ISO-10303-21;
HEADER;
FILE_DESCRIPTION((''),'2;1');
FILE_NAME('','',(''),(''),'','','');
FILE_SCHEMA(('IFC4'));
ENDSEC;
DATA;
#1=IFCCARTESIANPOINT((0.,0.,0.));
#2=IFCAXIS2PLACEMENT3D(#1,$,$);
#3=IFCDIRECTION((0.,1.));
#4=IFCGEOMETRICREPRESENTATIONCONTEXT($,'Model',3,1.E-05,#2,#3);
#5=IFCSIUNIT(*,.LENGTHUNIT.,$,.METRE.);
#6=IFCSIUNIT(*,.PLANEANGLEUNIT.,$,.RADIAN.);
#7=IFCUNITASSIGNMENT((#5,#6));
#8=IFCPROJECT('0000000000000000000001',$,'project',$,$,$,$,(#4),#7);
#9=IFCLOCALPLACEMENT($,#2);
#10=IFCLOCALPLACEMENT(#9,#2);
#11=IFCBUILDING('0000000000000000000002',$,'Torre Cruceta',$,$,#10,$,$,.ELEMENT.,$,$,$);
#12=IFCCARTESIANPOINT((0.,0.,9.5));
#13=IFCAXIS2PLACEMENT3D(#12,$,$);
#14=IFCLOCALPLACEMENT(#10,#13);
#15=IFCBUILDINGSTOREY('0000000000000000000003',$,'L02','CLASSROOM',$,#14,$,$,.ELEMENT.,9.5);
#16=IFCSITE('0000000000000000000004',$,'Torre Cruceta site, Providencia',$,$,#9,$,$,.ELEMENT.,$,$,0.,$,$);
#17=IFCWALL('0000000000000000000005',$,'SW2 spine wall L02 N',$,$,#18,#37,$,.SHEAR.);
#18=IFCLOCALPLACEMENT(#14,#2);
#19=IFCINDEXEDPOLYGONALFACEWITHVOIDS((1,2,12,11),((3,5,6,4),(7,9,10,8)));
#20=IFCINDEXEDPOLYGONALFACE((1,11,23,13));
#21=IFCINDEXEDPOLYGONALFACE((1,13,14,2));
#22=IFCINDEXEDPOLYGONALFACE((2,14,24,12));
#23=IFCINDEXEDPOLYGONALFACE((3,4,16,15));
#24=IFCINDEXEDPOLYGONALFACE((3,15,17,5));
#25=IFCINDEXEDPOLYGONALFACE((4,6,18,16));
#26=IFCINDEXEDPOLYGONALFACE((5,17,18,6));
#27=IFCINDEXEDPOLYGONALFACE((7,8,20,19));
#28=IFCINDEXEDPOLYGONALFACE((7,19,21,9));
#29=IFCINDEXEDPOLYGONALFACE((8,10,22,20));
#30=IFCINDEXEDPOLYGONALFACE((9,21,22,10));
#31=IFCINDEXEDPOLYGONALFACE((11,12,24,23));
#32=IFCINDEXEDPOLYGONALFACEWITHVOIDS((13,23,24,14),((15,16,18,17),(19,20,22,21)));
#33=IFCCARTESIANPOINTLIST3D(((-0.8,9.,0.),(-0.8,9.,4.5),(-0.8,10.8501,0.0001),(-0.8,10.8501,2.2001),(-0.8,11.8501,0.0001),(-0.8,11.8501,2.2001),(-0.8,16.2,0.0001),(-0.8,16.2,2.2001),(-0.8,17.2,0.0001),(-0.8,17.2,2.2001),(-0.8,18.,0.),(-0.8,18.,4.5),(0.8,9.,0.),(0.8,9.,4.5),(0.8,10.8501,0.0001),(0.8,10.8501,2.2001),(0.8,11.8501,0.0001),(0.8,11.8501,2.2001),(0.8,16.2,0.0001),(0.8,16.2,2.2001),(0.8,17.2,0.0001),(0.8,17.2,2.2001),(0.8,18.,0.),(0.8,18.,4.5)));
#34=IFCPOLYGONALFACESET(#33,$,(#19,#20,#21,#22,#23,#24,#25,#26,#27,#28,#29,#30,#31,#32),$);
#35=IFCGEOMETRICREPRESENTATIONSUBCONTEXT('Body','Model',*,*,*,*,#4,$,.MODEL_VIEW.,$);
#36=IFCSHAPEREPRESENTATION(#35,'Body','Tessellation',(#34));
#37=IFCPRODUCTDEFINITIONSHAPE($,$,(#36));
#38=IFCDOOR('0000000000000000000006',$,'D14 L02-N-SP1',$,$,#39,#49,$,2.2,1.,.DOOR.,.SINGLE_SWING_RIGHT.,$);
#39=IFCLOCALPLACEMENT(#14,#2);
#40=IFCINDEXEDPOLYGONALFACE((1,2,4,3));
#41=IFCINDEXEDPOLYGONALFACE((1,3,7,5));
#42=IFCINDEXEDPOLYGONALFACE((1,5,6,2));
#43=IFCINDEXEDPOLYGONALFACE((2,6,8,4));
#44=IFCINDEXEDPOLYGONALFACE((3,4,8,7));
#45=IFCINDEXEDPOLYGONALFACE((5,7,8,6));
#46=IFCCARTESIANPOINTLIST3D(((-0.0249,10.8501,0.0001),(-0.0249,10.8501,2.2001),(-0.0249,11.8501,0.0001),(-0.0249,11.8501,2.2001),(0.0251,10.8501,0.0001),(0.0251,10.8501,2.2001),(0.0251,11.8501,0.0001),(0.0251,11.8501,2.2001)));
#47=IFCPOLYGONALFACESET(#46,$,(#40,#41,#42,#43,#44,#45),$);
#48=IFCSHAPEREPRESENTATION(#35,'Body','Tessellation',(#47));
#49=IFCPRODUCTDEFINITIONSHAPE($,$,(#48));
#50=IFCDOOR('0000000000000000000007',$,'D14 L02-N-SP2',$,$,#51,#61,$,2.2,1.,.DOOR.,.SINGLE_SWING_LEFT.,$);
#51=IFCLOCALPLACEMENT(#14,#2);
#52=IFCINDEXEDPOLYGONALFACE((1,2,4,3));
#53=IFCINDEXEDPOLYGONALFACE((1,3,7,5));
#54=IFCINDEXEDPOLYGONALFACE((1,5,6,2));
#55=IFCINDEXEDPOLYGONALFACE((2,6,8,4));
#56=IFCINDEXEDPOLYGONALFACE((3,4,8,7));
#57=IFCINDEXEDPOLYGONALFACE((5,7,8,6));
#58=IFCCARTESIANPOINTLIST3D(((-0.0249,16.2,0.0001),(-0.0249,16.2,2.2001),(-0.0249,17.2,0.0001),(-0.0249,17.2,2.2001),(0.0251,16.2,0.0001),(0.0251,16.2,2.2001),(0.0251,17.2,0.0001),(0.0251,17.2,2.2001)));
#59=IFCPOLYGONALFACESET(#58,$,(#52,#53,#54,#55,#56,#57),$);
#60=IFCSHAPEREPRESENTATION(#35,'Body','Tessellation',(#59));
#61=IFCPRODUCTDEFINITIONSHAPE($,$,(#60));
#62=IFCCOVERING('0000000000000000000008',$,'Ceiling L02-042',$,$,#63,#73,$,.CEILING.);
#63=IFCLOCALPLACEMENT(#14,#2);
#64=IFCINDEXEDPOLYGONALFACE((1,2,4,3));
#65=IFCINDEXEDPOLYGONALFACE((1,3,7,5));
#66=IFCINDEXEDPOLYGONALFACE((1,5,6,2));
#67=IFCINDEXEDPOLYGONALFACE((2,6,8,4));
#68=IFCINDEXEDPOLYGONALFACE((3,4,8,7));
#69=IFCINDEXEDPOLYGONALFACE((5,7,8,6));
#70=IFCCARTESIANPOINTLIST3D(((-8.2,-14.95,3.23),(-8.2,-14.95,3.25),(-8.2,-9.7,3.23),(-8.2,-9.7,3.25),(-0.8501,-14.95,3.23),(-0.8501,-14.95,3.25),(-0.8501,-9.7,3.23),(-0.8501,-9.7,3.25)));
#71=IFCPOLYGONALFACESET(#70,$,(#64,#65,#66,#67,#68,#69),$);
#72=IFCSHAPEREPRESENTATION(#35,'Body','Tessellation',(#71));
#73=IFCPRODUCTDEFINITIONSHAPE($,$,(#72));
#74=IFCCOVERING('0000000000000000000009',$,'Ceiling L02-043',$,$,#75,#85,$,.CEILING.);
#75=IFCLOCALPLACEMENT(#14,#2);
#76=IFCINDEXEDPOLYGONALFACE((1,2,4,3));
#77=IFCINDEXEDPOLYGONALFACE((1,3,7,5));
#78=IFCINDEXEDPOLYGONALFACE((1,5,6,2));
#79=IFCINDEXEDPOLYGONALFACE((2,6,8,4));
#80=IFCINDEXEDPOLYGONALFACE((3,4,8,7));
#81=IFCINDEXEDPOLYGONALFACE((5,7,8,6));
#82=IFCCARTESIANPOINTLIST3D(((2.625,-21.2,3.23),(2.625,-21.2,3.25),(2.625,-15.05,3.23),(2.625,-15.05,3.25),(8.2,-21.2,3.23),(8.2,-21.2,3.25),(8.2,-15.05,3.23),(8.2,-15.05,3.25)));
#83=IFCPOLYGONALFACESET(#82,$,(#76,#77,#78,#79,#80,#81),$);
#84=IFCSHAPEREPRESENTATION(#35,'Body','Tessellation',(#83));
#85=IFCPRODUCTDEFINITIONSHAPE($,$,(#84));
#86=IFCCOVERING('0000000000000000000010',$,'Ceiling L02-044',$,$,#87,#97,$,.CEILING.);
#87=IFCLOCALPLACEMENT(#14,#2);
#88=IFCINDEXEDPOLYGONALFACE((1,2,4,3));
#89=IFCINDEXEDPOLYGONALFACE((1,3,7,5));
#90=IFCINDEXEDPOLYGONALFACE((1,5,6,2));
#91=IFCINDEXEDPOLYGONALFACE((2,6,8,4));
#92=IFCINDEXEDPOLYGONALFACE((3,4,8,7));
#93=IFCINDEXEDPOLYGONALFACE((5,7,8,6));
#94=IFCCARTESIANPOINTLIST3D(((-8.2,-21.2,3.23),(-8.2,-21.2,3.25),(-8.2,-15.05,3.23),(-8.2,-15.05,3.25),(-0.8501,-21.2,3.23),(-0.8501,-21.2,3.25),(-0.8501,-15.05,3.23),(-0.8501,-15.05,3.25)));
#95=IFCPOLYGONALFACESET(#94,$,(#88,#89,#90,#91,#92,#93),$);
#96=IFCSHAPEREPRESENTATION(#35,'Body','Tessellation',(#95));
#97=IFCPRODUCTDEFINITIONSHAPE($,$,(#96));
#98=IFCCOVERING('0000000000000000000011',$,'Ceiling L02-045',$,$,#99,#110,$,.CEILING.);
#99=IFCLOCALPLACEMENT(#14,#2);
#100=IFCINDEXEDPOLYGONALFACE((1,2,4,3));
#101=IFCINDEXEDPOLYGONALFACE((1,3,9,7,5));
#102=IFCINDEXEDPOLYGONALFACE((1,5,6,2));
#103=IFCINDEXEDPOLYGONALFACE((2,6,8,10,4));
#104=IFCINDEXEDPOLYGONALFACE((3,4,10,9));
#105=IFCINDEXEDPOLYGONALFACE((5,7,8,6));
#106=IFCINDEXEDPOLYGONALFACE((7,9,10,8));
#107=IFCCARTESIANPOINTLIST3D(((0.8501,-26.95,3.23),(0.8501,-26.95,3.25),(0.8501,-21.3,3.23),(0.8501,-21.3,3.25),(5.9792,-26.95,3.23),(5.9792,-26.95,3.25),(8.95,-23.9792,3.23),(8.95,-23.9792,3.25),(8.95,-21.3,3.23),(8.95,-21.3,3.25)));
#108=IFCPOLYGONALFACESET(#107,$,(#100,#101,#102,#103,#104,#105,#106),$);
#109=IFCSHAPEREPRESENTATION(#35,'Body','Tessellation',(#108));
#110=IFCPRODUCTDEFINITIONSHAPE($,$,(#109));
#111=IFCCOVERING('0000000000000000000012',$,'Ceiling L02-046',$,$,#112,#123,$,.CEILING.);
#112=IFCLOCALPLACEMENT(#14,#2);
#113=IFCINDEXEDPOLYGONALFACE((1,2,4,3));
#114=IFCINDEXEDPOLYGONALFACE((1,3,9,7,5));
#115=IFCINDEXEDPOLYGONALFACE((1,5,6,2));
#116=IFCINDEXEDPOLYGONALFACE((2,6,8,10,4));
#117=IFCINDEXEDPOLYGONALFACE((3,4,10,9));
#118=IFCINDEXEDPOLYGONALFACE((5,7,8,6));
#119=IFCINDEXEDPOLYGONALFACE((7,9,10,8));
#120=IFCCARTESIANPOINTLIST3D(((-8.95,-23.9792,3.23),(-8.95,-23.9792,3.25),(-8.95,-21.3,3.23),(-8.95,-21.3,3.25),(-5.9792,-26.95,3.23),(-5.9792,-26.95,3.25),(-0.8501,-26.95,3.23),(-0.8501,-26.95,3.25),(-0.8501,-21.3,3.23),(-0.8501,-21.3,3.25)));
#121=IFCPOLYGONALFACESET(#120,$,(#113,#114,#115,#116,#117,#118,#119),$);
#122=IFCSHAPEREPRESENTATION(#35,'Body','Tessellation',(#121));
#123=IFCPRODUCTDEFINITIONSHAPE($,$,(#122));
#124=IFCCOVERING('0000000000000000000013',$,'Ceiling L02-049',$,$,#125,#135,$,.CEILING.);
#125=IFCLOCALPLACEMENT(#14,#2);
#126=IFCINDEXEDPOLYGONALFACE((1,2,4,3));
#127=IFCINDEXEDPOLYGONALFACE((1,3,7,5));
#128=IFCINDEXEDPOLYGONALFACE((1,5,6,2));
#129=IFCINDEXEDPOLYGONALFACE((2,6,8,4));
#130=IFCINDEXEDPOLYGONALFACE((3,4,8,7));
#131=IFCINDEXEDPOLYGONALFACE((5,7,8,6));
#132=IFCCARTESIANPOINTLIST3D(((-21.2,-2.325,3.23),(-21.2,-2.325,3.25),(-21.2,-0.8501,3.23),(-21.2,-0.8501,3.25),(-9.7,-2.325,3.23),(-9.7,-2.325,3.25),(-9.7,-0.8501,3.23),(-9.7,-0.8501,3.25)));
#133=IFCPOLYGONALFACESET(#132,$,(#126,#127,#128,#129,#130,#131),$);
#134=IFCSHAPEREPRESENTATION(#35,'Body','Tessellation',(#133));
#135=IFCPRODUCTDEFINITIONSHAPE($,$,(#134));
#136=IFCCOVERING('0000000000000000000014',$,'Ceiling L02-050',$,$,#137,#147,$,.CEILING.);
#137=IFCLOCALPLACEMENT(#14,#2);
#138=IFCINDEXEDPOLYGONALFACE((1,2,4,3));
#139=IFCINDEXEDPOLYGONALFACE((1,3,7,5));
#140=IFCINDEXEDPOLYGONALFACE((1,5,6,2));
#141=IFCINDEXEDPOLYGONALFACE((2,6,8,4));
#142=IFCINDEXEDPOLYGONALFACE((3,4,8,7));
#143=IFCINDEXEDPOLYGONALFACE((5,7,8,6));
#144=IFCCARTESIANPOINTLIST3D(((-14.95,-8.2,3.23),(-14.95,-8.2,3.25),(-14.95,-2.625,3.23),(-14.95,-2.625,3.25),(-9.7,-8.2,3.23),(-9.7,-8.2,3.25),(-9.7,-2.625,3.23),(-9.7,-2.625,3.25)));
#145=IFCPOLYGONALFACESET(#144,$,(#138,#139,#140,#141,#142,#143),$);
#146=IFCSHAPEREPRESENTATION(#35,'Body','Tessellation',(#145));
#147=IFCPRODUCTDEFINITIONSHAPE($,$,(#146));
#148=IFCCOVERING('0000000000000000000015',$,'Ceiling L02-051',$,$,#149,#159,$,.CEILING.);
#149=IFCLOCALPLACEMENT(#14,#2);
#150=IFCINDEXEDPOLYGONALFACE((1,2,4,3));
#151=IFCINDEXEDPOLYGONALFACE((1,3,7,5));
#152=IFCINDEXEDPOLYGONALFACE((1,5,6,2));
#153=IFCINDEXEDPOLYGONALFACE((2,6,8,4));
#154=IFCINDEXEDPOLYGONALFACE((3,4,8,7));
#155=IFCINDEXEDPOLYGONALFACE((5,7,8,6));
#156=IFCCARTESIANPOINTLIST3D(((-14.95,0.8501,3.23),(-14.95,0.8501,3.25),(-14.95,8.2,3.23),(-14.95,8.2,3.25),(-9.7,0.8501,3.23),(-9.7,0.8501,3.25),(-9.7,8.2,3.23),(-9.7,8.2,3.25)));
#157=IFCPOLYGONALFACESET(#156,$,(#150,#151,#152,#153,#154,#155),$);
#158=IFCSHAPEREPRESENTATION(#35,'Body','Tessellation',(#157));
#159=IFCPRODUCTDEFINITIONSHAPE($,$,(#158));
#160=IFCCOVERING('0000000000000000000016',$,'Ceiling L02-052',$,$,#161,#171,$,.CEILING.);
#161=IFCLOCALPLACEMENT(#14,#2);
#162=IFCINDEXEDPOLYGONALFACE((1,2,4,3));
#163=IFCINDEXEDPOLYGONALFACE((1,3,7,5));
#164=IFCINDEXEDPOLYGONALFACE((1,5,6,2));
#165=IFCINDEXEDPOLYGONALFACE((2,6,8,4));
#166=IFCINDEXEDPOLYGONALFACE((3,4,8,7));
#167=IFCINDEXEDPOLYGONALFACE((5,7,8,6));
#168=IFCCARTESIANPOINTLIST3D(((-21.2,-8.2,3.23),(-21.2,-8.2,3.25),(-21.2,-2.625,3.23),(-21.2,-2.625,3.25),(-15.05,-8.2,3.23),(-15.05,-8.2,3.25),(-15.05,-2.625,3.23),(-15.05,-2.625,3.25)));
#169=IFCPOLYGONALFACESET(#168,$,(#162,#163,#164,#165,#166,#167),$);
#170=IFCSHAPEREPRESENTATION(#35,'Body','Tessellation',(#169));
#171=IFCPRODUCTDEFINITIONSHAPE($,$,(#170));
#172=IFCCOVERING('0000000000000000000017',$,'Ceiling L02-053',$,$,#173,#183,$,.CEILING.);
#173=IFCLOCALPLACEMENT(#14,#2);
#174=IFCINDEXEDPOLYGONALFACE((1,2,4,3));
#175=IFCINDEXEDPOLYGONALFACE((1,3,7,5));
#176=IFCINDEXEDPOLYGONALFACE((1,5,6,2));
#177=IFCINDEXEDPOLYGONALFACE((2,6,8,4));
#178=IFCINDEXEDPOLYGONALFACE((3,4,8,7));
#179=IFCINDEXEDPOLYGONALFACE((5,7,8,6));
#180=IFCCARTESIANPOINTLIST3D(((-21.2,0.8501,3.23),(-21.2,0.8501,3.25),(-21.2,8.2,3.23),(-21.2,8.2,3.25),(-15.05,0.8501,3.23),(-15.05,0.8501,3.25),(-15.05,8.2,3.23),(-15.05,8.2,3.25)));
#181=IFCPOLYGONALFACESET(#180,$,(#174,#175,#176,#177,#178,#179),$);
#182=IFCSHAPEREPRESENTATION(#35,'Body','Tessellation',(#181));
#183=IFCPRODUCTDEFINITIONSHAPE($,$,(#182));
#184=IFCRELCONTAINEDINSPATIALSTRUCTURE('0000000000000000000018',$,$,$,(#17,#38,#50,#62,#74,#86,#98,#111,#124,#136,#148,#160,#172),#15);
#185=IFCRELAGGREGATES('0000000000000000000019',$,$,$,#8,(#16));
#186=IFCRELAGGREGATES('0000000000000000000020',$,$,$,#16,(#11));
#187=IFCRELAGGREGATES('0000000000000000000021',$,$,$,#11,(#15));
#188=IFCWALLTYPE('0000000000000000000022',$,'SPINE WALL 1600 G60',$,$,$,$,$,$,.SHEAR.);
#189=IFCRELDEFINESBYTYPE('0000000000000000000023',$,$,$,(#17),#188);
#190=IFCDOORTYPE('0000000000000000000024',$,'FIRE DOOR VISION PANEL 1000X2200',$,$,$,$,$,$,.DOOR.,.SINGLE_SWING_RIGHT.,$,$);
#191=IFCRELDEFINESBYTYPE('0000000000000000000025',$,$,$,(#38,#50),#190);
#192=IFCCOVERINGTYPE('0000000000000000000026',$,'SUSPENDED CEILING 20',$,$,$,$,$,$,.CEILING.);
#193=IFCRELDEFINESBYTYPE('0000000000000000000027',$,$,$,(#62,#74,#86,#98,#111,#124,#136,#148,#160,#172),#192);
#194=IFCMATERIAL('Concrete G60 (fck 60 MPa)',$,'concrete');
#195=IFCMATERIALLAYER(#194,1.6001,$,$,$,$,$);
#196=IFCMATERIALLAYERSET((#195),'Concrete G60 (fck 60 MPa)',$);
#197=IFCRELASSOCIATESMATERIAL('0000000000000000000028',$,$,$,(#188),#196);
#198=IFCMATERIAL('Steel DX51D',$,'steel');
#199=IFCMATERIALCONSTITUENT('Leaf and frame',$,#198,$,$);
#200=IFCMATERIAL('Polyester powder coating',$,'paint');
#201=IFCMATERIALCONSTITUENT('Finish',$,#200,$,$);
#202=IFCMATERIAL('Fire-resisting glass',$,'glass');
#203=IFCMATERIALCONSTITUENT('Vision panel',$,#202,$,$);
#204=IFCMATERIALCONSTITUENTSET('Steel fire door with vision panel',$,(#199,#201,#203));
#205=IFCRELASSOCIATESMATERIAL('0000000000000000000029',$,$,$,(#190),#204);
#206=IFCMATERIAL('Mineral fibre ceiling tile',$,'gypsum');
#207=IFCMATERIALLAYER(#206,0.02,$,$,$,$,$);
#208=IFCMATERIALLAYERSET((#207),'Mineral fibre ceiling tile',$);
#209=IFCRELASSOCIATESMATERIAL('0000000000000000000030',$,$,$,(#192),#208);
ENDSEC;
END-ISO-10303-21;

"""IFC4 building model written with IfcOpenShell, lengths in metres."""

from ifc_helpers import new_model, si_unit, direction, frame, frame_2d, origin, place, context, subcontext, project, spatial, polyline, rectangle, outline, extrude, material, layer, layer_set, constituent, constituent_set, type_object, element, fill, save


model = new_model("IFC4")

# Units and contexts
model_context = context("Model", 3, precision=1e-05, world=origin(), true_north=direction((0.0, 1.0)))
body_context = subcontext(model_context, "Body", "Model", "MODEL_VIEW")
ifc_project = project(units=[si_unit("LENGTHUNIT", "METRE"), si_unit("PLANEANGLEUNIT", "RADIAN")], contexts=[model_context])

# Site, building, storey
site_placement = place(None, origin())
site = spatial("IfcSite", under=ifc_project, at=site_placement, Name="Torre Cruceta site, Providencia", CompositionType="ELEMENT", RefElevation=0.0)
building_placement = place(site_placement, origin())
building = spatial("IfcBuilding", under=site, at=building_placement, Name="Torre Cruceta", CompositionType="ELEMENT")
storey_placement = place(building_placement, frame((0.0, 0.0, 9.5)))
storey = spatial("IfcBuildingStorey", under=building, at=storey_placement, Name="L02", Description="CLASSROOM", CompositionType="ELEMENT", Elevation=9.5)

# Wall, openings, doors
ifc_material_1 = material(Name="Concrete G60 (fck 60 MPa)", Category="concrete")
ifc_layer_1 = layer(ifc_material_1, 1.6001)
ifc_layer_set_1 = layer_set([ifc_layer_1], Name="Concrete G60 (fck 60 MPa)")
wall_type_1 = type_object("IfcWallType", Name="SPINE WALL 1600 G60", PredefinedType="SHEAR", material=ifc_layer_set_1)
wall_1_placement = place(storey_placement, frame((0.0, 9.0, 0.0), z_axis=(0.0, 0.0, 1.0), x_axis=(0.0, 1.0, 0.0)))
wall_1 = element("IfcWall", 1, at=wall_1_placement, inside=storey, type_object=wall_type_1, Name="SW2 spine wall L02 N", PredefinedType="SHEAR", context=body_context, shape_type="SweptSolid", body=[
    extrude(rectangle(XDim=9.0, YDim=1.6001, at=frame_2d((4.5, 0.0))), origin(), (0.0, 0.0, 1.0), 4.5),
])
opening_1_placement = place(wall_1_placement, frame((1.8501, 0.0, 0.0)))
opening_1 = element("IfcOpeningElement", 2, at=opening_1_placement, cuts=wall_1, PredefinedType="OPENING", context=body_context, shape_type="SweptSolid", body=[
    extrude(rectangle(XDim=1.0, YDim=2.2, at=frame_2d((0.5, 1.1001))), frame((0.0, 0.8101, 0.0), z_axis=(0.0, -1.0, 0.0), x_axis=(1.0, 0.0, 0.0)), (0.0, 0.0, 1.0), 1.6201),
])
opening_2_placement = place(wall_1_placement, frame((7.2, 0.0, 0.0)))
opening_2 = element("IfcOpeningElement", 3, at=opening_2_placement, cuts=wall_1, PredefinedType="OPENING", context=body_context, shape_type="SweptSolid", body=[
    extrude(rectangle(XDim=1.0, YDim=2.2, at=frame_2d((0.5, 1.1001))), frame((0.0, 0.8101, 0.0), z_axis=(0.0, -1.0, 0.0), x_axis=(1.0, 0.0, 0.0)), (0.0, 0.0, 1.0), 1.6201),
])
ifc_material_2 = material(Name="Steel DX51D", Category="steel")
ifc_constituent_1 = constituent(ifc_material_2, Name="Leaf and frame")
ifc_material_3 = material(Name="Polyester powder coating", Category="paint")
ifc_constituent_2 = constituent(ifc_material_3, Name="Finish")
ifc_material_4 = material(Name="Fire-resisting glass", Category="glass")
ifc_constituent_3 = constituent(ifc_material_4, Name="Vision panel")
ifc_constituent_set_1 = constituent_set(constituents=[ifc_constituent_1, ifc_constituent_2, ifc_constituent_3], Name="Steel fire door with vision panel")
door_type_1 = type_object("IfcDoorType", Name="FIRE DOOR VISION PANEL 1000X2200", OperationType="SINGLE_SWING_RIGHT", PredefinedType="DOOR", material=ifc_constituent_set_1)
door_1_placement = place(opening_1_placement, frame((1.0, 0.0, 0.0), z_axis=(0.0, 0.0, 1.0), x_axis=(-1.0, 0.0, 0.0)))
door_1 = element("IfcDoor", 4, at=door_1_placement, inside=storey, type_object=door_type_1, Name="D14 L02-N-SP1", OperationType="SINGLE_SWING_RIGHT", OverallHeight=2.2, OverallWidth=1.0, PredefinedType="DOOR", context=body_context, shape_type="SweptSolid", body=[
    extrude(rectangle(XDim=1.0, YDim=2.2, at=frame_2d((0.5, 1.1001))), frame((0.0, 0.0251, 0.0), z_axis=(0.0, -1.0, 0.0), x_axis=(1.0, 0.0, 0.0)), (0.0, 0.0, 1.0), 0.05),
])
fill(opening_1, door_1)
door_2_placement = place(opening_2_placement, frame((1.0, 0.0, 0.0), z_axis=(0.0, 0.0, 1.0), x_axis=(-1.0, 0.0, 0.0)))
door_2 = element("IfcDoor", 5, at=door_2_placement, inside=storey, type_object=door_type_1, Name="D14 L02-N-SP2", OperationType="SINGLE_SWING_LEFT", OverallHeight=2.2, OverallWidth=1.0, PredefinedType="DOOR", context=body_context, shape_type="SweptSolid", body=[
    extrude(rectangle(XDim=1.0, YDim=2.2, at=frame_2d((0.5, 1.1001))), frame((0.0, 0.0251, 0.0), z_axis=(0.0, -1.0, 0.0), x_axis=(1.0, 0.0, 0.0)), (0.0, 0.0, 1.0), 0.05),
])
fill(opening_2, door_2)

# Coverings
ifc_material_5 = material(Name="Mineral fibre ceiling tile", Category="gypsum")
ifc_layer_2 = layer(ifc_material_5, 0.02)
ifc_layer_set_2 = layer_set([ifc_layer_2], Name="Mineral fibre ceiling tile")
covering_type = type_object("IfcCoveringType", Name="SUSPENDED CEILING 20", PredefinedType="CEILING", material=ifc_layer_set_2)
covering_1_placement = place(storey_placement, frame((0.0, 0.0, 3.23)))
element("IfcCovering", 6, at=covering_1_placement, inside=storey, type_object=covering_type, Name="Ceiling L02-042", PredefinedType="CEILING", context=body_context, shape_type="SweptSolid", body=[
    extrude(outline(polyline([(-8.2, -9.7), (-0.8501, -9.7), (-0.8501, -14.95), (-8.2, -14.95), (-8.2, -9.7)])), origin(), (0.0, 0.0, 1.0), 0.02),
])
covering_2_placement = place(storey_placement, frame((0.0, 0.0, 3.23)))
element("IfcCovering", 7, at=covering_2_placement, inside=storey, type_object=covering_type, Name="Ceiling L02-043", PredefinedType="CEILING", context=body_context, shape_type="SweptSolid", body=[
    extrude(outline(polyline([(2.625, -15.05), (8.2, -15.05), (8.2, -21.2), (2.625, -21.2), (2.625, -15.05)])), origin(), (0.0, 0.0, 1.0), 0.02),
])
covering_3_placement = place(storey_placement, frame((0.0, 0.0, 3.23)))
element("IfcCovering", 8, at=covering_3_placement, inside=storey, type_object=covering_type, Name="Ceiling L02-044", PredefinedType="CEILING", context=body_context, shape_type="SweptSolid", body=[
    extrude(outline(polyline([(-8.2, -15.05), (-0.8501, -15.05), (-0.8501, -21.2), (-8.2, -21.2), (-8.2, -15.05)])), origin(), (0.0, 0.0, 1.0), 0.02),
])
covering_4_placement = place(storey_placement, frame((0.0, 0.0, 3.23)))
element("IfcCovering", 9, at=covering_4_placement, inside=storey, type_object=covering_type, Name="Ceiling L02-045", PredefinedType="CEILING", context=body_context, shape_type="SweptSolid", body=[
    extrude(outline(polyline([(8.95, -21.3), (8.95, -23.9792), (5.9792, -26.95), (0.8501, -26.95), (0.8501, -21.3), (8.95, -21.3)])), origin(), (0.0, 0.0, 1.0), 0.02),
])
covering_5_placement = place(storey_placement, frame((0.0, 0.0, 3.23)))
element("IfcCovering", 10, at=covering_5_placement, inside=storey, type_object=covering_type, Name="Ceiling L02-046", PredefinedType="CEILING", context=body_context, shape_type="SweptSolid", body=[
    extrude(outline(polyline([(-5.9792, -26.95), (-8.95, -23.9792), (-8.95, -21.3), (-0.8501, -21.3), (-0.8501, -26.95), (-5.9792, -26.95)])), origin(), (0.0, 0.0, 1.0), 0.02),
])
covering_6_placement = place(storey_placement, frame((0.0, 0.0, 3.23)))
element("IfcCovering", 11, at=covering_6_placement, inside=storey, type_object=covering_type, Name="Ceiling L02-049", PredefinedType="CEILING", context=body_context, shape_type="SweptSolid", body=[
    extrude(outline(polyline([(-9.7, -0.8501), (-9.7, -2.325), (-21.2, -2.325), (-21.2, -0.8501), (-9.7, -0.8501)])), origin(), (0.0, 0.0, 1.0), 0.02),
])
covering_7_placement = place(storey_placement, frame((0.0, 0.0, 3.23)))
element("IfcCovering", 12, at=covering_7_placement, inside=storey, type_object=covering_type, Name="Ceiling L02-050", PredefinedType="CEILING", context=body_context, shape_type="SweptSolid", body=[
    extrude(outline(polyline([(-9.7, -2.625), (-9.7, -8.2), (-14.95, -8.2), (-14.95, -2.625), (-9.7, -2.625)])), origin(), (0.0, 0.0, 1.0), 0.02),
])
covering_8_placement = place(storey_placement, frame((0.0, 0.0, 3.23)))
element("IfcCovering", 13, at=covering_8_placement, inside=storey, type_object=covering_type, Name="Ceiling L02-051", PredefinedType="CEILING", context=body_context, shape_type="SweptSolid", body=[
    extrude(outline(polyline([(-9.7, 8.2), (-9.7, 0.8501), (-14.95, 0.8501), (-14.95, 8.2), (-9.7, 8.2)])), origin(), (0.0, 0.0, 1.0), 0.02),
])
covering_9_placement = place(storey_placement, frame((0.0, 0.0, 3.23)))
element("IfcCovering", 14, at=covering_9_placement, inside=storey, type_object=covering_type, Name="Ceiling L02-052", PredefinedType="CEILING", context=body_context, shape_type="SweptSolid", body=[
    extrude(outline(polyline([(-15.05, -2.625), (-15.05, -8.2), (-21.2, -8.2), (-21.2, -2.625), (-15.05, -2.625)])), origin(), (0.0, 0.0, 1.0), 0.02),
])
covering_10_placement = place(storey_placement, frame((0.0, 0.0, 3.23)))
element("IfcCovering", 15, at=covering_10_placement, inside=storey, type_object=covering_type, Name="Ceiling L02-053", PredefinedType="CEILING", context=body_context, shape_type="SweptSolid", body=[
    extrude(outline(polyline([(-15.05, 8.2), (-15.05, 0.8501), (-21.2, 0.8501), (-21.2, 8.2), (-15.05, 8.2)])), origin(), (0.0, 0.0, 1.0), 0.02),
])

save(model, "model.ifc")
